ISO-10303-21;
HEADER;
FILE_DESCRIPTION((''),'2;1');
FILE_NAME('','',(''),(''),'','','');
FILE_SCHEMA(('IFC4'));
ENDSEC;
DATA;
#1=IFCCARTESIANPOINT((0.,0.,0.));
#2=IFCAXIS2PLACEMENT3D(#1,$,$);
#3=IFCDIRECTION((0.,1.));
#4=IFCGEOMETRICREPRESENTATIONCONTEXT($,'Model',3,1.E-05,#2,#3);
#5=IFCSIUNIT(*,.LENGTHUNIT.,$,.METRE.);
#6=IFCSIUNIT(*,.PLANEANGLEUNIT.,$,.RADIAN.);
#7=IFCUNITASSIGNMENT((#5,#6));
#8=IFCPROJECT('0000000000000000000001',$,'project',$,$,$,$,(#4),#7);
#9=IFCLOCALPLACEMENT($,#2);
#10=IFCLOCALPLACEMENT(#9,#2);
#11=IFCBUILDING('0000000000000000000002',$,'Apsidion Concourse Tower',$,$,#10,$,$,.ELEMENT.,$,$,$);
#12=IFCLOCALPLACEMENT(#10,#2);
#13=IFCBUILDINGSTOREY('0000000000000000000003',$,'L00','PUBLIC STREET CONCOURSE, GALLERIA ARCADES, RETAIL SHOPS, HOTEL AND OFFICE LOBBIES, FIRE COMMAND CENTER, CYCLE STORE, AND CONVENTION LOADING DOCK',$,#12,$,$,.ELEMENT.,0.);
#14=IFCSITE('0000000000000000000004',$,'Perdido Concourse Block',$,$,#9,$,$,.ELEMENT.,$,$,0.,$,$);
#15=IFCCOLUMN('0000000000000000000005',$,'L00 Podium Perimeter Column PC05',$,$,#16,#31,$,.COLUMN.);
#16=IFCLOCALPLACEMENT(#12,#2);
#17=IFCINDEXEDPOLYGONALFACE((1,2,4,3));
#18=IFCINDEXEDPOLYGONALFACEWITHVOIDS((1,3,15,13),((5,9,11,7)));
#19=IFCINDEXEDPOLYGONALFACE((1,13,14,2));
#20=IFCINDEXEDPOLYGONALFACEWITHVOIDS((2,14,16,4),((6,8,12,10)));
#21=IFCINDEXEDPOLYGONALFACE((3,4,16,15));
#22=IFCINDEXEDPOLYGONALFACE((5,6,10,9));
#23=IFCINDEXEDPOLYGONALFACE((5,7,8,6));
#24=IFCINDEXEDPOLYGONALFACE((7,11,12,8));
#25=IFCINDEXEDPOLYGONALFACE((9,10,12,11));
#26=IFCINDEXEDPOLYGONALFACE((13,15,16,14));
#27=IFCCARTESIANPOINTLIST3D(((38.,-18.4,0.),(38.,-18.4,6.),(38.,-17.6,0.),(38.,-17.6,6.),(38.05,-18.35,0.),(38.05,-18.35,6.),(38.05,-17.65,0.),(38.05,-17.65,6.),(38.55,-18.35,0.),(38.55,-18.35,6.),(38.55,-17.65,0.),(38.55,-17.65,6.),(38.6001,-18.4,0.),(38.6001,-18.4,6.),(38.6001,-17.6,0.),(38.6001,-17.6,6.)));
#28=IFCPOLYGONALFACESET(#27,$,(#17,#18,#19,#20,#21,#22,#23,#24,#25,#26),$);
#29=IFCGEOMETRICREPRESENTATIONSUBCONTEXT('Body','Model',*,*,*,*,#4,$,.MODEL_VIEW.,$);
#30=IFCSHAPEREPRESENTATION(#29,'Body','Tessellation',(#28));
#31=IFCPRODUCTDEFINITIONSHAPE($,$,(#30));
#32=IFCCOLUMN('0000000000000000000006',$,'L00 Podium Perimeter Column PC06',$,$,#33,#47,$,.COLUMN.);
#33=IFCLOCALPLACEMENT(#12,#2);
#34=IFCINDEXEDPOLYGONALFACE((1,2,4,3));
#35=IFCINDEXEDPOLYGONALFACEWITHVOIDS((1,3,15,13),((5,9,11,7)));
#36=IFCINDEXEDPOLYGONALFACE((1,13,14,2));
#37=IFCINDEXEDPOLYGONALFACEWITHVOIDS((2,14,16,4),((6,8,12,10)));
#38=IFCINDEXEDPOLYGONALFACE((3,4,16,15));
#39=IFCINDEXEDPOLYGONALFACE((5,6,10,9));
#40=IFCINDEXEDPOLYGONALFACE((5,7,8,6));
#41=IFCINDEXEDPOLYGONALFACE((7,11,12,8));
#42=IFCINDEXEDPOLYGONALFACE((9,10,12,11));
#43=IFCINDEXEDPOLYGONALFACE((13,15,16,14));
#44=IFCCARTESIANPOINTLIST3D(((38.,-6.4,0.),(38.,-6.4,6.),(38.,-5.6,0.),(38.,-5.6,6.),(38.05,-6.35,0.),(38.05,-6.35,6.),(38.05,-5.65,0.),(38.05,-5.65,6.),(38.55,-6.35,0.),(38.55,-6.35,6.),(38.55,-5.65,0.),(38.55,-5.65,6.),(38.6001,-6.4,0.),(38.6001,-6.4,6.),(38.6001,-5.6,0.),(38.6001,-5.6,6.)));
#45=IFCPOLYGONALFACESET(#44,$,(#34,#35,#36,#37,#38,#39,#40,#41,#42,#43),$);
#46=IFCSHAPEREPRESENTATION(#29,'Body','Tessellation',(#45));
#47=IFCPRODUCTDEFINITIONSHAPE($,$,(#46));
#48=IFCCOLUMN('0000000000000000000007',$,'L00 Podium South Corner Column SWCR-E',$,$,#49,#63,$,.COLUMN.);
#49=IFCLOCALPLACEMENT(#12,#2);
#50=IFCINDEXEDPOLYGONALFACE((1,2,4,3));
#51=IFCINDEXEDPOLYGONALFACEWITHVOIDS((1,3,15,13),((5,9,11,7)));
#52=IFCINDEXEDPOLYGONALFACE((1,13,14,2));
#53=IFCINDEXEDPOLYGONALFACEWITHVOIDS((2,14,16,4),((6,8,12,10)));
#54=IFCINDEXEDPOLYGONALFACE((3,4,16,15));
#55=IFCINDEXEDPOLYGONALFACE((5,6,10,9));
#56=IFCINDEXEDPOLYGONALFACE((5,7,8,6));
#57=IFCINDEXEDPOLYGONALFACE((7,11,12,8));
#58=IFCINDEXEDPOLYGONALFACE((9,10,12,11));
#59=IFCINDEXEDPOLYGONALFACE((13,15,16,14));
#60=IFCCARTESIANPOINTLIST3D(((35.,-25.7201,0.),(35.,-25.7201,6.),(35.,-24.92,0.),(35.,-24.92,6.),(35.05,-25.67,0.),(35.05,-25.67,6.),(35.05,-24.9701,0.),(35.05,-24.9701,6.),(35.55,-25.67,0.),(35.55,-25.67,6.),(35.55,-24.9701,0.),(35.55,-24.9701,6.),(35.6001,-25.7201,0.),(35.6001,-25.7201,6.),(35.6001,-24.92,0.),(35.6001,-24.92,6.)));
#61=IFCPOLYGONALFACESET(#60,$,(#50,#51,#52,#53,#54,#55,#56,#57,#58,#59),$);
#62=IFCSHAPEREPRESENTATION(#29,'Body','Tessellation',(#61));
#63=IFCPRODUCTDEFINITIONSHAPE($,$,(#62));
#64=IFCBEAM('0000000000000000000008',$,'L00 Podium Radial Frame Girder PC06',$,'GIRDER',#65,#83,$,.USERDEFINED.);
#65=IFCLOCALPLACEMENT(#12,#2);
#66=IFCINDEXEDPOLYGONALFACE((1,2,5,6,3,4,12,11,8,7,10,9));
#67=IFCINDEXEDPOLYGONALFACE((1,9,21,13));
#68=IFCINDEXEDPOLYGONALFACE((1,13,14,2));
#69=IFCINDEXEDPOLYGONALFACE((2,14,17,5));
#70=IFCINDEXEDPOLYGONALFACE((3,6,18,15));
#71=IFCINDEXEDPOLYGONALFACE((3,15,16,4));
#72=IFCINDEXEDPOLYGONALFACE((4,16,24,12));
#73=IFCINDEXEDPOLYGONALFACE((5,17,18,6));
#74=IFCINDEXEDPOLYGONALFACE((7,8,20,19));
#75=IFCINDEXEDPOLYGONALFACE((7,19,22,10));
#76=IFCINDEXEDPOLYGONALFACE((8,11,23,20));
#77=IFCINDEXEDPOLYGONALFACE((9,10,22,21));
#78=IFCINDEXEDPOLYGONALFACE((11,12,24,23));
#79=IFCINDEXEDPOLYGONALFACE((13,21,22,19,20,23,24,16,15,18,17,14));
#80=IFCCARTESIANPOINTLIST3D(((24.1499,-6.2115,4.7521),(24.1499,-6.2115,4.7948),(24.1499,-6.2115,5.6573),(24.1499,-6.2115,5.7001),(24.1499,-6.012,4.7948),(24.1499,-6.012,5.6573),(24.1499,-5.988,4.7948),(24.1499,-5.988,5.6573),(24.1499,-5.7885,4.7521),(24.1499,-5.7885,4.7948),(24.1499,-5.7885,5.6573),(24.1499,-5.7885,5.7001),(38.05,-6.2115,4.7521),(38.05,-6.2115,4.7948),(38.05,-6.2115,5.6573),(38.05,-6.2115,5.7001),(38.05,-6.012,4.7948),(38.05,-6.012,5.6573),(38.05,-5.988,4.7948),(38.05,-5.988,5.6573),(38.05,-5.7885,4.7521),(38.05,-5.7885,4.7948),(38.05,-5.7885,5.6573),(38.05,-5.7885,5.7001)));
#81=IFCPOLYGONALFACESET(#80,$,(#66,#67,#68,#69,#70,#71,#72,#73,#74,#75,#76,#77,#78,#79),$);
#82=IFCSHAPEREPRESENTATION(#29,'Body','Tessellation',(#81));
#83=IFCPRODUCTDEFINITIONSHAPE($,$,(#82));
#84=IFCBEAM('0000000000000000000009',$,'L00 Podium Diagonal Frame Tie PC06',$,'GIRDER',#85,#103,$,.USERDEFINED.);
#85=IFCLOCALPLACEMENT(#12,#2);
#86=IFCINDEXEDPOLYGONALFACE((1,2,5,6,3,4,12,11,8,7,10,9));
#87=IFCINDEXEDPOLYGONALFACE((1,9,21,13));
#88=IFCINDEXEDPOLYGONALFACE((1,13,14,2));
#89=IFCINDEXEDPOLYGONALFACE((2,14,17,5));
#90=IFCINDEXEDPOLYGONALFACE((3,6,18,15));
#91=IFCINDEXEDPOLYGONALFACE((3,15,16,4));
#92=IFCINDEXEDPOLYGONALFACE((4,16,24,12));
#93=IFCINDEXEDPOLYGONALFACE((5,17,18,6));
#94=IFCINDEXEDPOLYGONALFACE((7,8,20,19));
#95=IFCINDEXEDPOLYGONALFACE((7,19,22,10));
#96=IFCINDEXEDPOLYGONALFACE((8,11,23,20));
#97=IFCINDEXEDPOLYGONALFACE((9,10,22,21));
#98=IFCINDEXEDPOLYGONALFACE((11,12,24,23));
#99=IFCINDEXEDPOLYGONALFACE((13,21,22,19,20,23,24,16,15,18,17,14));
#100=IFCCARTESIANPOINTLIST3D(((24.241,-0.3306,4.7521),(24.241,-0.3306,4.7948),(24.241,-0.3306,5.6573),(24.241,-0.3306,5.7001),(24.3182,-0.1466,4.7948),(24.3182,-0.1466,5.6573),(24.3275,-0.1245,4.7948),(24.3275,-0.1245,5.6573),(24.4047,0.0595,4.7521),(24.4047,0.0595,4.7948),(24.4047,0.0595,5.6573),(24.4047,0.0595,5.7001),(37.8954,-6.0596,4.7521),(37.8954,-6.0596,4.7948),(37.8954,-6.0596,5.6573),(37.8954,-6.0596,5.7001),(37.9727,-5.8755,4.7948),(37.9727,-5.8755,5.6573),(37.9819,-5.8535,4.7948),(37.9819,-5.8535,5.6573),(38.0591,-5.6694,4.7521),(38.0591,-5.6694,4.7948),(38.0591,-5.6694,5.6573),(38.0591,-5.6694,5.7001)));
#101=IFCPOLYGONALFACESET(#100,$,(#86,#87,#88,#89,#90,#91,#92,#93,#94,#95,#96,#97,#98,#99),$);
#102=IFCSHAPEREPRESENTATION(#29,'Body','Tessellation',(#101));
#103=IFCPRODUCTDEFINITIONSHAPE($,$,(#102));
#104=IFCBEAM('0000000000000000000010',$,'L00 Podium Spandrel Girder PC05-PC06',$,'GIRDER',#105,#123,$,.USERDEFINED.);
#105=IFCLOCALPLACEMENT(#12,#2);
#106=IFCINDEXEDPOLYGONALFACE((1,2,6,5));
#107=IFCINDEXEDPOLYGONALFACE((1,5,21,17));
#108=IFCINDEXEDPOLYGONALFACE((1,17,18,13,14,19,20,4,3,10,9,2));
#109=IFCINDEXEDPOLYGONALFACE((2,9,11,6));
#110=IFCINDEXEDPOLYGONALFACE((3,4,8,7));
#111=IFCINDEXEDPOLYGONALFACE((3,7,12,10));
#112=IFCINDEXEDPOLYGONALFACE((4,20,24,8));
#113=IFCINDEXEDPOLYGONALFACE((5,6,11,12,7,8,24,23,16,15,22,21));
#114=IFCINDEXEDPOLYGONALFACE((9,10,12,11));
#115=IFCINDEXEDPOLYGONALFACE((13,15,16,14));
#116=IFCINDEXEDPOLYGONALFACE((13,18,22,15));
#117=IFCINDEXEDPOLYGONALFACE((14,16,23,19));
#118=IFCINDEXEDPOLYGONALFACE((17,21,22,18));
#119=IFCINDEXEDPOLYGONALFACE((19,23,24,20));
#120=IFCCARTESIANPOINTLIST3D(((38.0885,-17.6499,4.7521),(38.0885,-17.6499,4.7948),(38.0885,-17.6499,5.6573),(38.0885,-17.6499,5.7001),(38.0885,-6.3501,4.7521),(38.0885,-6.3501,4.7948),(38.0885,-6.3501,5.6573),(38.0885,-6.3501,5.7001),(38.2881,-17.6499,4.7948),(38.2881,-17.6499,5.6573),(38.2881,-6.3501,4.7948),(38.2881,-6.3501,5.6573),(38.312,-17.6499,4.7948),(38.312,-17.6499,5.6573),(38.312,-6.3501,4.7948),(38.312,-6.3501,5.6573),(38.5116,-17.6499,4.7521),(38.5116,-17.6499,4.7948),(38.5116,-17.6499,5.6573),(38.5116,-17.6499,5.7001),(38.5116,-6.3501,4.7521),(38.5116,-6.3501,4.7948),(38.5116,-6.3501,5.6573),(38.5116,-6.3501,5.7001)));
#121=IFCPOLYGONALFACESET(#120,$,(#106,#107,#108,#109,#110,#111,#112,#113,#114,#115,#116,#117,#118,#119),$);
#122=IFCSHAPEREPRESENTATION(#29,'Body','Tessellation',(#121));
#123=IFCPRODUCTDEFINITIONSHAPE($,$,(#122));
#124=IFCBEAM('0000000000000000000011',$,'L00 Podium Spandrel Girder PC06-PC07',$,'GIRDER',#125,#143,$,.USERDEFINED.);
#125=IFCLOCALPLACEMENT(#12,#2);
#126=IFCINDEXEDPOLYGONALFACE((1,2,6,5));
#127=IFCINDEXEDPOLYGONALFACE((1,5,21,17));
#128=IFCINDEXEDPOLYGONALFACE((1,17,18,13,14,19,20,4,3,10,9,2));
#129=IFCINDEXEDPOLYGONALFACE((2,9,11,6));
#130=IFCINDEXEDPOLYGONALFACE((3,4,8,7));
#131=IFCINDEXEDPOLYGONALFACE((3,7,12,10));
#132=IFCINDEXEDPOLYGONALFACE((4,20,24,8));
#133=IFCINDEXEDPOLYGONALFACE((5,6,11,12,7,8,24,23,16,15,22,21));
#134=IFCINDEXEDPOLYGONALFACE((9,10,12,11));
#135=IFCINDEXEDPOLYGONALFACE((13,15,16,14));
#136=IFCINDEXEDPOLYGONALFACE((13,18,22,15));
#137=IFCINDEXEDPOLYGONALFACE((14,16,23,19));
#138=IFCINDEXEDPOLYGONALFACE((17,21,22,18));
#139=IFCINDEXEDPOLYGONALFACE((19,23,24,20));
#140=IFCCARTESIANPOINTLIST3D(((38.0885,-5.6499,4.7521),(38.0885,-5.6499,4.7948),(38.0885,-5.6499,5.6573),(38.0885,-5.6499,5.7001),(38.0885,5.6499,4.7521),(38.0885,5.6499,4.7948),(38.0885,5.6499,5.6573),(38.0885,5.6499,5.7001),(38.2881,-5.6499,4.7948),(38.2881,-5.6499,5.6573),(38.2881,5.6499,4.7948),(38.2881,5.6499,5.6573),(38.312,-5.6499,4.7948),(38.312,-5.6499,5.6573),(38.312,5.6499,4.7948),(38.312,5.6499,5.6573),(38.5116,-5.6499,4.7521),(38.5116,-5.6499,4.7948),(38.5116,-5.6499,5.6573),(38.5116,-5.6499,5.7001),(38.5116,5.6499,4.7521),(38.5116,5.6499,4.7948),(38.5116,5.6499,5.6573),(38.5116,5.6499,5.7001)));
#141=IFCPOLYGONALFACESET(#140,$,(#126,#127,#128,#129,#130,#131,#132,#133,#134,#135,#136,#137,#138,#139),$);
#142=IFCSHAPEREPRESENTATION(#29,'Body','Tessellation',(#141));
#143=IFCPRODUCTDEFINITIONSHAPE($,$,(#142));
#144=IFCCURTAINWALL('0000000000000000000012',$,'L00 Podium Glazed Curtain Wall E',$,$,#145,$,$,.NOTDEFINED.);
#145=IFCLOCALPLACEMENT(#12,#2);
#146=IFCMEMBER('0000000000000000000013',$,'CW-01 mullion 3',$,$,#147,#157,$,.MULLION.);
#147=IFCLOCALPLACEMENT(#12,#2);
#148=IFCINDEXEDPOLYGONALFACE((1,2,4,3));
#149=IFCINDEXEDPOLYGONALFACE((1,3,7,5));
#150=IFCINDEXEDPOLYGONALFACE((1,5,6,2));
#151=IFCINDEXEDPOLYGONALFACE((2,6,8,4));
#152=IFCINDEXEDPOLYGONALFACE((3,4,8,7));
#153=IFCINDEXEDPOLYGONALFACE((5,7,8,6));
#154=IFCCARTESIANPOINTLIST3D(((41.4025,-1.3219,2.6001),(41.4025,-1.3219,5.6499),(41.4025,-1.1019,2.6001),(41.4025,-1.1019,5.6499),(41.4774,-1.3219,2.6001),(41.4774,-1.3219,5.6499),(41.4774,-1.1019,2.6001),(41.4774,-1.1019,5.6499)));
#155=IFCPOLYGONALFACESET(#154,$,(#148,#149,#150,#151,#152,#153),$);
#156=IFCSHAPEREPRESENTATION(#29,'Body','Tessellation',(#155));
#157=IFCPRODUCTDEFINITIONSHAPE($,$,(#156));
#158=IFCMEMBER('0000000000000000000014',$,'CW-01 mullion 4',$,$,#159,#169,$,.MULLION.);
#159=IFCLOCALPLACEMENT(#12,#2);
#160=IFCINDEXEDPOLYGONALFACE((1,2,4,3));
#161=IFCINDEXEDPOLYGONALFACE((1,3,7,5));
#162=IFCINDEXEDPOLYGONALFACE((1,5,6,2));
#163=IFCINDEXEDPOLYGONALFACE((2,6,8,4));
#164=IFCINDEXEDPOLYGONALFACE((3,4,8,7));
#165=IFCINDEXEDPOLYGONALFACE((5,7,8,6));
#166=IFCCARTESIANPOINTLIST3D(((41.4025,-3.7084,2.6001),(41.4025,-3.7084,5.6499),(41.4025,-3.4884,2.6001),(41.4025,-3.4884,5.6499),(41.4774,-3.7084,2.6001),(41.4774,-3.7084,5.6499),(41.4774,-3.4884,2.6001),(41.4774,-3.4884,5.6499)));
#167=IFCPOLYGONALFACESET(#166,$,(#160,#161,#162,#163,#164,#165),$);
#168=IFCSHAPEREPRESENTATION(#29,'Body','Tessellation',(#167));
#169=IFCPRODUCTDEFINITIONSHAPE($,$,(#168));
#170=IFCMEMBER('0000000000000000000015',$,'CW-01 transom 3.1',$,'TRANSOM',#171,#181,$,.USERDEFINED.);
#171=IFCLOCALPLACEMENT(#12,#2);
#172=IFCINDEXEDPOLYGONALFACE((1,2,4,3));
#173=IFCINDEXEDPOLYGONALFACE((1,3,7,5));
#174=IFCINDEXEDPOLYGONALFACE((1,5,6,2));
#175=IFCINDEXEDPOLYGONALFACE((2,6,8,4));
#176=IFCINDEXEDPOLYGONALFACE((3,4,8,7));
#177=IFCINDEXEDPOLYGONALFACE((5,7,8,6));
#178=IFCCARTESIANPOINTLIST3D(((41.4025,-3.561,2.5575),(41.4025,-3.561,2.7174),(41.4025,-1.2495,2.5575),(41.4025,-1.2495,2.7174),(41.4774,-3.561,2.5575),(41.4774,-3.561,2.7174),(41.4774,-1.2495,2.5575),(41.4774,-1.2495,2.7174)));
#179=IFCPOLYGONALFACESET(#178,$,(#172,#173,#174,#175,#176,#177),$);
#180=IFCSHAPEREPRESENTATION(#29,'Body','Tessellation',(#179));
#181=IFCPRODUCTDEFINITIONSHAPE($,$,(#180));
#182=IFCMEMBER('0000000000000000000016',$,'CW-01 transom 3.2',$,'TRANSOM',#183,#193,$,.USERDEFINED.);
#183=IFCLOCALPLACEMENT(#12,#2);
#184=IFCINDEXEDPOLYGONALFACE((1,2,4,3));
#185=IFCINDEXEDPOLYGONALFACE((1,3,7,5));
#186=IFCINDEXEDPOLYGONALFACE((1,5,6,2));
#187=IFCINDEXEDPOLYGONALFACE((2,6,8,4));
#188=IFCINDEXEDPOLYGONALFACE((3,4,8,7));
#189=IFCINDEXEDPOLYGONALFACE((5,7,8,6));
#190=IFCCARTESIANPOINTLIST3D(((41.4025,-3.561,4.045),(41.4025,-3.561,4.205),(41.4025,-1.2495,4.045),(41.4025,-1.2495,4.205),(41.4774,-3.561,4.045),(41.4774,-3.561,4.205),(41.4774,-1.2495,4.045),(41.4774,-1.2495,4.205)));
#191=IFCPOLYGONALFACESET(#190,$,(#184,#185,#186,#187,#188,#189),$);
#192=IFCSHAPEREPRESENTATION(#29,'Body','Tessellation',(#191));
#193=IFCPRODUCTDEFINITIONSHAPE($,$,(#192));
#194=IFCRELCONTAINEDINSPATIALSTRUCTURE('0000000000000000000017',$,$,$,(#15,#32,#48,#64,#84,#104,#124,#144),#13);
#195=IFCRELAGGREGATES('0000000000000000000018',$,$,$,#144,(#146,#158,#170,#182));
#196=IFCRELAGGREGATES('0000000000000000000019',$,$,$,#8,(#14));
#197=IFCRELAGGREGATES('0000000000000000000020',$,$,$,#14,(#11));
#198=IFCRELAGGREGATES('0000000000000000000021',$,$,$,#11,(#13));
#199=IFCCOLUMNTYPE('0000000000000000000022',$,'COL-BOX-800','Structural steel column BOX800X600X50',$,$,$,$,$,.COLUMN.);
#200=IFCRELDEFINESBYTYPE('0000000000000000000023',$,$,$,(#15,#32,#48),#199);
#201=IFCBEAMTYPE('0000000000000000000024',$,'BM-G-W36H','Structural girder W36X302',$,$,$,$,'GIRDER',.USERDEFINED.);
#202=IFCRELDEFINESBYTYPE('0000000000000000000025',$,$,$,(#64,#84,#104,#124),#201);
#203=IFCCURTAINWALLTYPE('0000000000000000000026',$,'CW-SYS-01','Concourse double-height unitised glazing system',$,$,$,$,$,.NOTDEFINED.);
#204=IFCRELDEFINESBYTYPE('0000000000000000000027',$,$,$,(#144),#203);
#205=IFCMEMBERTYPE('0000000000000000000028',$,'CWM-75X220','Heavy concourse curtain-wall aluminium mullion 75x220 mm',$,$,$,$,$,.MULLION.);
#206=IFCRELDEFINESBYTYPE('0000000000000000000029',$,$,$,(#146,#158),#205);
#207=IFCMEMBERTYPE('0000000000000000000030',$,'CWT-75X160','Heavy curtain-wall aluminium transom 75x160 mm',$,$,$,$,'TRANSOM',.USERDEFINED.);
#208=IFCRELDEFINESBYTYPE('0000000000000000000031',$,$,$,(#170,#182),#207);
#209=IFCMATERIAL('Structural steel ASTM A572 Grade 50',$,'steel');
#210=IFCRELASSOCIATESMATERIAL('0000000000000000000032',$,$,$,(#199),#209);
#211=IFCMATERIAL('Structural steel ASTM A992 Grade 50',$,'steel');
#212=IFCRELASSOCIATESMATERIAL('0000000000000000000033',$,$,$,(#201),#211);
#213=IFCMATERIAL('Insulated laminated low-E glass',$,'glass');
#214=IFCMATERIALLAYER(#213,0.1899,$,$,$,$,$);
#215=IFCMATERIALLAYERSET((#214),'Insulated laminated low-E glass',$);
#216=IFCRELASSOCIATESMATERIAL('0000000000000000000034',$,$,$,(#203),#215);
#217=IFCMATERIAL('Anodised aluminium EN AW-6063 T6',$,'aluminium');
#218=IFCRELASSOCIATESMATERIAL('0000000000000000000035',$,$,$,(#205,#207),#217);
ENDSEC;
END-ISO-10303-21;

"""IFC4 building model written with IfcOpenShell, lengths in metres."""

from ifc_helpers import new_model, si_unit, direction, frame, origin, origin_2d, place, context, subcontext, project, spatial, rectangle, hollow_rectangle, i_section, extrude, material, layer, layer_set, material_profile, profile_set, type_object, element, aggregate, save


model = new_model("IFC4")

# Units and contexts
model_context = context("Model", 3, precision=1e-05, world=origin(), true_north=direction((0.0, 1.0)))
body_context = subcontext(model_context, "Body", "Model", "MODEL_VIEW")
ifc_project = project(units=[si_unit("LENGTHUNIT", "METRE"), si_unit("PLANEANGLEUNIT", "RADIAN")], contexts=[model_context])

# Site, building, storey
site_placement = place(None, origin())
site = spatial("IfcSite", under=ifc_project, at=site_placement, Name="Perdido Concourse Block", CompositionType="ELEMENT", RefElevation=0.0)
building_placement = place(site_placement, origin())
building = spatial("IfcBuilding", under=site, at=building_placement, Name="Apsidion Concourse Tower", CompositionType="ELEMENT")
storey_placement = place(building_placement, origin())
storey = spatial("IfcBuildingStorey", under=building, at=storey_placement, Name="L00", Description="PUBLIC STREET CONCOURSE, GALLERIA ARCADES, RETAIL SHOPS, HOTEL AND OFFICE LOBBIES, FIRE COMMAND CENTER, CYCLE STORE, AND CONVENTION LOADING DOCK", CompositionType="ELEMENT", Elevation=0.0)

# Columns
ifc_material_1 = material(Name="Structural steel ASTM A572 Grade 50", Category="steel")
ifc_material_profile_1 = material_profile(ifc_material_1, hollow_rectangle(XDim=0.6001, YDim=0.8, WallThickness=0.05, at=origin_2d()), Name="BOX800X600X50")
ifc_profile_set_1 = profile_set([ifc_material_profile_1], Name="Structural steel ASTM A572 Grade 50")
column_type = type_object("IfcColumnType", Name="COL-BOX-800", Description="Structural steel column BOX800X600X50", PredefinedType="COLUMN", material=ifc_profile_set_1)
for number, where, z_axis, x_axis, name in (
    (1, (38.3, -18.0, 0.0), (0.0, 0.0, 1.0), (1.0, 0.0, 0.0), "L00 Podium Perimeter Column PC05"),
    (2, (38.3, -6.0, 0.0), (0.0, 0.0, 1.0), (1.0, 0.0, 0.0), "L00 Podium Perimeter Column PC06"),
    (3, (35.3, -25.3201, 0.0), (0.0, 0.0, 1.0), (1.0, 0.0, 0.0), "L00 Podium South Corner Column SWCR-E"),
):
    element("IfcColumn", number, at=place(storey_placement, frame(where, z_axis=z_axis, x_axis=x_axis)), inside=storey, type_object=column_type, Name=name, PredefinedType="COLUMN", context=body_context, shape_type="SweptSolid", body=[
        extrude(hollow_rectangle(XDim=0.6001, YDim=0.8, WallThickness=0.05, at=origin_2d()), origin(), (0.0, 0.0, 1.0), 6.0),
    ])

# Beams
ifc_material_2 = material(Name="Structural steel ASTM A992 Grade 50", Category="steel")
ifc_material_profile_2 = material_profile(ifc_material_2, i_section(OverallWidth=0.4231, OverallDepth=0.948, WebThickness=0.0239, FlangeThickness=0.0427, at=origin_2d()), Name="W36X302")
ifc_profile_set_2 = profile_set([ifc_material_profile_2], Name="Structural steel ASTM A992 Grade 50")
beam_type = type_object("IfcBeamType", Name="BM-G-W36H", Description="Structural girder W36X302", ElementType="GIRDER", PredefinedType="USERDEFINED", material=ifc_profile_set_2)
beam_1_placement = place(storey_placement, frame((38.05, -6.0, 5.2261), z_axis=(-1.0, 0.0, 0.0), x_axis=(0.0, -1.0, 0.0)))
element("IfcBeam", 4, at=beam_1_placement, inside=storey, type_object=beam_type, Name="L00 Podium Radial Frame Girder PC06", ObjectType="GIRDER", PredefinedType="USERDEFINED", context=body_context, shape_type="SweptSolid", body=[
    extrude(i_section(OverallWidth=0.4231, OverallDepth=0.948, WebThickness=0.0239, FlangeThickness=0.0427, at=origin_2d()), origin(), (0.0, 0.0, 1.0), 13.9001),
])
beam_2_placement = place(storey_placement, frame((37.9773, -5.8645, 5.2261), z_axis=(-0.922124, 0.386894, 0.0), x_axis=(-0.386894, -0.922124, 0.0)))
element("IfcBeam", 5, at=beam_2_placement, inside=storey, type_object=beam_type, Name="L00 Podium Diagonal Frame Tie PC06", ObjectType="GIRDER", PredefinedType="USERDEFINED", context=body_context, shape_type="SweptSolid", body=[
    extrude(i_section(OverallWidth=0.4231, OverallDepth=0.948, WebThickness=0.0239, FlangeThickness=0.0427, at=origin_2d()), origin(), (0.0, 0.0, 1.0), 14.8076),
])
for number, where, z_axis, x_axis, name in (
    (6, (38.3, -17.6499, 5.2261), (0.0, 1.0, 0.0), (-1.0, 0.0, 0.0), "L00 Podium Spandrel Girder PC05-PC06"),
    (7, (38.3, -5.6499, 5.2261), (0.0, 1.0, 0.0), (-1.0, 0.0, 0.0), "L00 Podium Spandrel Girder PC06-PC07"),
):
    element("IfcBeam", number, at=place(storey_placement, frame(where, z_axis=z_axis, x_axis=x_axis)), inside=storey, type_object=beam_type, Name=name, ObjectType="GIRDER", PredefinedType="USERDEFINED", context=body_context, shape_type="SweptSolid", body=[
        extrude(i_section(OverallWidth=0.4231, OverallDepth=0.948, WebThickness=0.0239, FlangeThickness=0.0427, at=origin_2d()), origin(), (0.0, 0.0, 1.0), 11.2998),
    ])

# Curtain wall, members
ifc_material_3 = material(Name="Insulated laminated low-E glass", Category="glass")
ifc_layer_1 = layer(ifc_material_3, 0.1899)
ifc_layer_set_1 = layer_set([ifc_layer_1], Name="Insulated laminated low-E glass")
curtain_wall_type = type_object("IfcCurtainWallType", Name="CW-SYS-01", Description="Concourse double-height unitised glazing system", PredefinedType="NOTDEFINED", material=ifc_layer_set_1)
curtain_wall_placement = place(storey_placement, origin())
curtain_wall = element("IfcCurtainWall", 8, at=curtain_wall_placement, inside=storey, type_object=curtain_wall_type, Name="L00 Podium Glazed Curtain Wall E", PredefinedType="NOTDEFINED")
ifc_material_4 = material(Name="Anodised aluminium EN AW-6063 T6", Category="aluminium")
ifc_material_profile_3 = material_profile(ifc_material_4, rectangle(XDim=0.075, YDim=0.22, at=origin_2d()), Name="ALU MULLION 75x220")
ifc_profile_set_3 = profile_set([ifc_material_profile_3], Name="Anodised aluminium EN AW-6063 T6")
member_type_1 = type_object("IfcMemberType", Name="CWM-75X220", Description="Heavy concourse curtain-wall aluminium mullion 75x220 mm", PredefinedType="MULLION", material=ifc_profile_set_3)
member_1_placement = place(storey_placement, frame((41.4399, -1.2119, 2.6001), z_axis=(0.0, 0.0, 1.0), x_axis=(1.0, 0.0, 0.0)))
member_1 = element("IfcMember", 9, at=member_1_placement, type_object=member_type_1, Name="CW-01 mullion 3", PredefinedType="MULLION", context=body_context, shape_type="SweptSolid", body=[
    extrude(rectangle(XDim=0.075, YDim=0.22, at=origin_2d()), origin(), (0.0, 0.0, 1.0), 3.0498),
])
member_2_placement = place(storey_placement, frame((41.4399, -3.5984, 2.6001), z_axis=(0.0, 0.0, 1.0), x_axis=(1.0, 0.0, 0.0)))
member_2 = element("IfcMember", 10, at=member_2_placement, type_object=member_type_1, Name="CW-01 mullion 4", PredefinedType="MULLION", context=body_context, shape_type="SweptSolid", body=[
    extrude(rectangle(XDim=0.075, YDim=0.22, at=origin_2d()), origin(), (0.0, 0.0, 1.0), 3.0498),
])
ifc_material_profile_4 = material_profile(ifc_material_4, rectangle(XDim=0.075, YDim=0.1599, at=origin_2d()), Name="ALU TRANSOM 75x160")
ifc_profile_set_4 = profile_set([ifc_material_profile_4], Name="Anodised aluminium EN AW-6063 T6")
member_type_2 = type_object("IfcMemberType", Name="CWT-75X160", Description="Heavy curtain-wall aluminium transom 75x160 mm", ElementType="TRANSOM", PredefinedType="USERDEFINED", material=ifc_profile_set_4)
member_3_placement = place(storey_placement, frame((41.4399, -1.2495, 2.6375), z_axis=(0.0, -1.0, 0.0), x_axis=(1.0, 0.0, 0.0)))
member_3 = element("IfcMember", 11, at=member_3_placement, type_object=member_type_2, Name="CW-01 transom 3.1", ObjectType="TRANSOM", PredefinedType="USERDEFINED", context=body_context, shape_type="SweptSolid", body=[
    extrude(rectangle(XDim=0.075, YDim=0.1599, at=origin_2d()), origin(), (0.0, 0.0, 1.0), 2.3115),
])
member_4_placement = place(storey_placement, frame((41.4399, -1.2495, 4.125), z_axis=(0.0, -1.0, 0.0), x_axis=(1.0, 0.0, 0.0)))
member_4 = element("IfcMember", 12, at=member_4_placement, type_object=member_type_2, Name="CW-01 transom 3.2", ObjectType="TRANSOM", PredefinedType="USERDEFINED", context=body_context, shape_type="SweptSolid", body=[
    extrude(rectangle(XDim=0.075, YDim=0.1599, at=origin_2d()), origin(), (0.0, 0.0, 1.0), 2.3115),
])
aggregate(curtain_wall, [member_1, member_2, member_3, member_4])

save(model, "model.ifc")
